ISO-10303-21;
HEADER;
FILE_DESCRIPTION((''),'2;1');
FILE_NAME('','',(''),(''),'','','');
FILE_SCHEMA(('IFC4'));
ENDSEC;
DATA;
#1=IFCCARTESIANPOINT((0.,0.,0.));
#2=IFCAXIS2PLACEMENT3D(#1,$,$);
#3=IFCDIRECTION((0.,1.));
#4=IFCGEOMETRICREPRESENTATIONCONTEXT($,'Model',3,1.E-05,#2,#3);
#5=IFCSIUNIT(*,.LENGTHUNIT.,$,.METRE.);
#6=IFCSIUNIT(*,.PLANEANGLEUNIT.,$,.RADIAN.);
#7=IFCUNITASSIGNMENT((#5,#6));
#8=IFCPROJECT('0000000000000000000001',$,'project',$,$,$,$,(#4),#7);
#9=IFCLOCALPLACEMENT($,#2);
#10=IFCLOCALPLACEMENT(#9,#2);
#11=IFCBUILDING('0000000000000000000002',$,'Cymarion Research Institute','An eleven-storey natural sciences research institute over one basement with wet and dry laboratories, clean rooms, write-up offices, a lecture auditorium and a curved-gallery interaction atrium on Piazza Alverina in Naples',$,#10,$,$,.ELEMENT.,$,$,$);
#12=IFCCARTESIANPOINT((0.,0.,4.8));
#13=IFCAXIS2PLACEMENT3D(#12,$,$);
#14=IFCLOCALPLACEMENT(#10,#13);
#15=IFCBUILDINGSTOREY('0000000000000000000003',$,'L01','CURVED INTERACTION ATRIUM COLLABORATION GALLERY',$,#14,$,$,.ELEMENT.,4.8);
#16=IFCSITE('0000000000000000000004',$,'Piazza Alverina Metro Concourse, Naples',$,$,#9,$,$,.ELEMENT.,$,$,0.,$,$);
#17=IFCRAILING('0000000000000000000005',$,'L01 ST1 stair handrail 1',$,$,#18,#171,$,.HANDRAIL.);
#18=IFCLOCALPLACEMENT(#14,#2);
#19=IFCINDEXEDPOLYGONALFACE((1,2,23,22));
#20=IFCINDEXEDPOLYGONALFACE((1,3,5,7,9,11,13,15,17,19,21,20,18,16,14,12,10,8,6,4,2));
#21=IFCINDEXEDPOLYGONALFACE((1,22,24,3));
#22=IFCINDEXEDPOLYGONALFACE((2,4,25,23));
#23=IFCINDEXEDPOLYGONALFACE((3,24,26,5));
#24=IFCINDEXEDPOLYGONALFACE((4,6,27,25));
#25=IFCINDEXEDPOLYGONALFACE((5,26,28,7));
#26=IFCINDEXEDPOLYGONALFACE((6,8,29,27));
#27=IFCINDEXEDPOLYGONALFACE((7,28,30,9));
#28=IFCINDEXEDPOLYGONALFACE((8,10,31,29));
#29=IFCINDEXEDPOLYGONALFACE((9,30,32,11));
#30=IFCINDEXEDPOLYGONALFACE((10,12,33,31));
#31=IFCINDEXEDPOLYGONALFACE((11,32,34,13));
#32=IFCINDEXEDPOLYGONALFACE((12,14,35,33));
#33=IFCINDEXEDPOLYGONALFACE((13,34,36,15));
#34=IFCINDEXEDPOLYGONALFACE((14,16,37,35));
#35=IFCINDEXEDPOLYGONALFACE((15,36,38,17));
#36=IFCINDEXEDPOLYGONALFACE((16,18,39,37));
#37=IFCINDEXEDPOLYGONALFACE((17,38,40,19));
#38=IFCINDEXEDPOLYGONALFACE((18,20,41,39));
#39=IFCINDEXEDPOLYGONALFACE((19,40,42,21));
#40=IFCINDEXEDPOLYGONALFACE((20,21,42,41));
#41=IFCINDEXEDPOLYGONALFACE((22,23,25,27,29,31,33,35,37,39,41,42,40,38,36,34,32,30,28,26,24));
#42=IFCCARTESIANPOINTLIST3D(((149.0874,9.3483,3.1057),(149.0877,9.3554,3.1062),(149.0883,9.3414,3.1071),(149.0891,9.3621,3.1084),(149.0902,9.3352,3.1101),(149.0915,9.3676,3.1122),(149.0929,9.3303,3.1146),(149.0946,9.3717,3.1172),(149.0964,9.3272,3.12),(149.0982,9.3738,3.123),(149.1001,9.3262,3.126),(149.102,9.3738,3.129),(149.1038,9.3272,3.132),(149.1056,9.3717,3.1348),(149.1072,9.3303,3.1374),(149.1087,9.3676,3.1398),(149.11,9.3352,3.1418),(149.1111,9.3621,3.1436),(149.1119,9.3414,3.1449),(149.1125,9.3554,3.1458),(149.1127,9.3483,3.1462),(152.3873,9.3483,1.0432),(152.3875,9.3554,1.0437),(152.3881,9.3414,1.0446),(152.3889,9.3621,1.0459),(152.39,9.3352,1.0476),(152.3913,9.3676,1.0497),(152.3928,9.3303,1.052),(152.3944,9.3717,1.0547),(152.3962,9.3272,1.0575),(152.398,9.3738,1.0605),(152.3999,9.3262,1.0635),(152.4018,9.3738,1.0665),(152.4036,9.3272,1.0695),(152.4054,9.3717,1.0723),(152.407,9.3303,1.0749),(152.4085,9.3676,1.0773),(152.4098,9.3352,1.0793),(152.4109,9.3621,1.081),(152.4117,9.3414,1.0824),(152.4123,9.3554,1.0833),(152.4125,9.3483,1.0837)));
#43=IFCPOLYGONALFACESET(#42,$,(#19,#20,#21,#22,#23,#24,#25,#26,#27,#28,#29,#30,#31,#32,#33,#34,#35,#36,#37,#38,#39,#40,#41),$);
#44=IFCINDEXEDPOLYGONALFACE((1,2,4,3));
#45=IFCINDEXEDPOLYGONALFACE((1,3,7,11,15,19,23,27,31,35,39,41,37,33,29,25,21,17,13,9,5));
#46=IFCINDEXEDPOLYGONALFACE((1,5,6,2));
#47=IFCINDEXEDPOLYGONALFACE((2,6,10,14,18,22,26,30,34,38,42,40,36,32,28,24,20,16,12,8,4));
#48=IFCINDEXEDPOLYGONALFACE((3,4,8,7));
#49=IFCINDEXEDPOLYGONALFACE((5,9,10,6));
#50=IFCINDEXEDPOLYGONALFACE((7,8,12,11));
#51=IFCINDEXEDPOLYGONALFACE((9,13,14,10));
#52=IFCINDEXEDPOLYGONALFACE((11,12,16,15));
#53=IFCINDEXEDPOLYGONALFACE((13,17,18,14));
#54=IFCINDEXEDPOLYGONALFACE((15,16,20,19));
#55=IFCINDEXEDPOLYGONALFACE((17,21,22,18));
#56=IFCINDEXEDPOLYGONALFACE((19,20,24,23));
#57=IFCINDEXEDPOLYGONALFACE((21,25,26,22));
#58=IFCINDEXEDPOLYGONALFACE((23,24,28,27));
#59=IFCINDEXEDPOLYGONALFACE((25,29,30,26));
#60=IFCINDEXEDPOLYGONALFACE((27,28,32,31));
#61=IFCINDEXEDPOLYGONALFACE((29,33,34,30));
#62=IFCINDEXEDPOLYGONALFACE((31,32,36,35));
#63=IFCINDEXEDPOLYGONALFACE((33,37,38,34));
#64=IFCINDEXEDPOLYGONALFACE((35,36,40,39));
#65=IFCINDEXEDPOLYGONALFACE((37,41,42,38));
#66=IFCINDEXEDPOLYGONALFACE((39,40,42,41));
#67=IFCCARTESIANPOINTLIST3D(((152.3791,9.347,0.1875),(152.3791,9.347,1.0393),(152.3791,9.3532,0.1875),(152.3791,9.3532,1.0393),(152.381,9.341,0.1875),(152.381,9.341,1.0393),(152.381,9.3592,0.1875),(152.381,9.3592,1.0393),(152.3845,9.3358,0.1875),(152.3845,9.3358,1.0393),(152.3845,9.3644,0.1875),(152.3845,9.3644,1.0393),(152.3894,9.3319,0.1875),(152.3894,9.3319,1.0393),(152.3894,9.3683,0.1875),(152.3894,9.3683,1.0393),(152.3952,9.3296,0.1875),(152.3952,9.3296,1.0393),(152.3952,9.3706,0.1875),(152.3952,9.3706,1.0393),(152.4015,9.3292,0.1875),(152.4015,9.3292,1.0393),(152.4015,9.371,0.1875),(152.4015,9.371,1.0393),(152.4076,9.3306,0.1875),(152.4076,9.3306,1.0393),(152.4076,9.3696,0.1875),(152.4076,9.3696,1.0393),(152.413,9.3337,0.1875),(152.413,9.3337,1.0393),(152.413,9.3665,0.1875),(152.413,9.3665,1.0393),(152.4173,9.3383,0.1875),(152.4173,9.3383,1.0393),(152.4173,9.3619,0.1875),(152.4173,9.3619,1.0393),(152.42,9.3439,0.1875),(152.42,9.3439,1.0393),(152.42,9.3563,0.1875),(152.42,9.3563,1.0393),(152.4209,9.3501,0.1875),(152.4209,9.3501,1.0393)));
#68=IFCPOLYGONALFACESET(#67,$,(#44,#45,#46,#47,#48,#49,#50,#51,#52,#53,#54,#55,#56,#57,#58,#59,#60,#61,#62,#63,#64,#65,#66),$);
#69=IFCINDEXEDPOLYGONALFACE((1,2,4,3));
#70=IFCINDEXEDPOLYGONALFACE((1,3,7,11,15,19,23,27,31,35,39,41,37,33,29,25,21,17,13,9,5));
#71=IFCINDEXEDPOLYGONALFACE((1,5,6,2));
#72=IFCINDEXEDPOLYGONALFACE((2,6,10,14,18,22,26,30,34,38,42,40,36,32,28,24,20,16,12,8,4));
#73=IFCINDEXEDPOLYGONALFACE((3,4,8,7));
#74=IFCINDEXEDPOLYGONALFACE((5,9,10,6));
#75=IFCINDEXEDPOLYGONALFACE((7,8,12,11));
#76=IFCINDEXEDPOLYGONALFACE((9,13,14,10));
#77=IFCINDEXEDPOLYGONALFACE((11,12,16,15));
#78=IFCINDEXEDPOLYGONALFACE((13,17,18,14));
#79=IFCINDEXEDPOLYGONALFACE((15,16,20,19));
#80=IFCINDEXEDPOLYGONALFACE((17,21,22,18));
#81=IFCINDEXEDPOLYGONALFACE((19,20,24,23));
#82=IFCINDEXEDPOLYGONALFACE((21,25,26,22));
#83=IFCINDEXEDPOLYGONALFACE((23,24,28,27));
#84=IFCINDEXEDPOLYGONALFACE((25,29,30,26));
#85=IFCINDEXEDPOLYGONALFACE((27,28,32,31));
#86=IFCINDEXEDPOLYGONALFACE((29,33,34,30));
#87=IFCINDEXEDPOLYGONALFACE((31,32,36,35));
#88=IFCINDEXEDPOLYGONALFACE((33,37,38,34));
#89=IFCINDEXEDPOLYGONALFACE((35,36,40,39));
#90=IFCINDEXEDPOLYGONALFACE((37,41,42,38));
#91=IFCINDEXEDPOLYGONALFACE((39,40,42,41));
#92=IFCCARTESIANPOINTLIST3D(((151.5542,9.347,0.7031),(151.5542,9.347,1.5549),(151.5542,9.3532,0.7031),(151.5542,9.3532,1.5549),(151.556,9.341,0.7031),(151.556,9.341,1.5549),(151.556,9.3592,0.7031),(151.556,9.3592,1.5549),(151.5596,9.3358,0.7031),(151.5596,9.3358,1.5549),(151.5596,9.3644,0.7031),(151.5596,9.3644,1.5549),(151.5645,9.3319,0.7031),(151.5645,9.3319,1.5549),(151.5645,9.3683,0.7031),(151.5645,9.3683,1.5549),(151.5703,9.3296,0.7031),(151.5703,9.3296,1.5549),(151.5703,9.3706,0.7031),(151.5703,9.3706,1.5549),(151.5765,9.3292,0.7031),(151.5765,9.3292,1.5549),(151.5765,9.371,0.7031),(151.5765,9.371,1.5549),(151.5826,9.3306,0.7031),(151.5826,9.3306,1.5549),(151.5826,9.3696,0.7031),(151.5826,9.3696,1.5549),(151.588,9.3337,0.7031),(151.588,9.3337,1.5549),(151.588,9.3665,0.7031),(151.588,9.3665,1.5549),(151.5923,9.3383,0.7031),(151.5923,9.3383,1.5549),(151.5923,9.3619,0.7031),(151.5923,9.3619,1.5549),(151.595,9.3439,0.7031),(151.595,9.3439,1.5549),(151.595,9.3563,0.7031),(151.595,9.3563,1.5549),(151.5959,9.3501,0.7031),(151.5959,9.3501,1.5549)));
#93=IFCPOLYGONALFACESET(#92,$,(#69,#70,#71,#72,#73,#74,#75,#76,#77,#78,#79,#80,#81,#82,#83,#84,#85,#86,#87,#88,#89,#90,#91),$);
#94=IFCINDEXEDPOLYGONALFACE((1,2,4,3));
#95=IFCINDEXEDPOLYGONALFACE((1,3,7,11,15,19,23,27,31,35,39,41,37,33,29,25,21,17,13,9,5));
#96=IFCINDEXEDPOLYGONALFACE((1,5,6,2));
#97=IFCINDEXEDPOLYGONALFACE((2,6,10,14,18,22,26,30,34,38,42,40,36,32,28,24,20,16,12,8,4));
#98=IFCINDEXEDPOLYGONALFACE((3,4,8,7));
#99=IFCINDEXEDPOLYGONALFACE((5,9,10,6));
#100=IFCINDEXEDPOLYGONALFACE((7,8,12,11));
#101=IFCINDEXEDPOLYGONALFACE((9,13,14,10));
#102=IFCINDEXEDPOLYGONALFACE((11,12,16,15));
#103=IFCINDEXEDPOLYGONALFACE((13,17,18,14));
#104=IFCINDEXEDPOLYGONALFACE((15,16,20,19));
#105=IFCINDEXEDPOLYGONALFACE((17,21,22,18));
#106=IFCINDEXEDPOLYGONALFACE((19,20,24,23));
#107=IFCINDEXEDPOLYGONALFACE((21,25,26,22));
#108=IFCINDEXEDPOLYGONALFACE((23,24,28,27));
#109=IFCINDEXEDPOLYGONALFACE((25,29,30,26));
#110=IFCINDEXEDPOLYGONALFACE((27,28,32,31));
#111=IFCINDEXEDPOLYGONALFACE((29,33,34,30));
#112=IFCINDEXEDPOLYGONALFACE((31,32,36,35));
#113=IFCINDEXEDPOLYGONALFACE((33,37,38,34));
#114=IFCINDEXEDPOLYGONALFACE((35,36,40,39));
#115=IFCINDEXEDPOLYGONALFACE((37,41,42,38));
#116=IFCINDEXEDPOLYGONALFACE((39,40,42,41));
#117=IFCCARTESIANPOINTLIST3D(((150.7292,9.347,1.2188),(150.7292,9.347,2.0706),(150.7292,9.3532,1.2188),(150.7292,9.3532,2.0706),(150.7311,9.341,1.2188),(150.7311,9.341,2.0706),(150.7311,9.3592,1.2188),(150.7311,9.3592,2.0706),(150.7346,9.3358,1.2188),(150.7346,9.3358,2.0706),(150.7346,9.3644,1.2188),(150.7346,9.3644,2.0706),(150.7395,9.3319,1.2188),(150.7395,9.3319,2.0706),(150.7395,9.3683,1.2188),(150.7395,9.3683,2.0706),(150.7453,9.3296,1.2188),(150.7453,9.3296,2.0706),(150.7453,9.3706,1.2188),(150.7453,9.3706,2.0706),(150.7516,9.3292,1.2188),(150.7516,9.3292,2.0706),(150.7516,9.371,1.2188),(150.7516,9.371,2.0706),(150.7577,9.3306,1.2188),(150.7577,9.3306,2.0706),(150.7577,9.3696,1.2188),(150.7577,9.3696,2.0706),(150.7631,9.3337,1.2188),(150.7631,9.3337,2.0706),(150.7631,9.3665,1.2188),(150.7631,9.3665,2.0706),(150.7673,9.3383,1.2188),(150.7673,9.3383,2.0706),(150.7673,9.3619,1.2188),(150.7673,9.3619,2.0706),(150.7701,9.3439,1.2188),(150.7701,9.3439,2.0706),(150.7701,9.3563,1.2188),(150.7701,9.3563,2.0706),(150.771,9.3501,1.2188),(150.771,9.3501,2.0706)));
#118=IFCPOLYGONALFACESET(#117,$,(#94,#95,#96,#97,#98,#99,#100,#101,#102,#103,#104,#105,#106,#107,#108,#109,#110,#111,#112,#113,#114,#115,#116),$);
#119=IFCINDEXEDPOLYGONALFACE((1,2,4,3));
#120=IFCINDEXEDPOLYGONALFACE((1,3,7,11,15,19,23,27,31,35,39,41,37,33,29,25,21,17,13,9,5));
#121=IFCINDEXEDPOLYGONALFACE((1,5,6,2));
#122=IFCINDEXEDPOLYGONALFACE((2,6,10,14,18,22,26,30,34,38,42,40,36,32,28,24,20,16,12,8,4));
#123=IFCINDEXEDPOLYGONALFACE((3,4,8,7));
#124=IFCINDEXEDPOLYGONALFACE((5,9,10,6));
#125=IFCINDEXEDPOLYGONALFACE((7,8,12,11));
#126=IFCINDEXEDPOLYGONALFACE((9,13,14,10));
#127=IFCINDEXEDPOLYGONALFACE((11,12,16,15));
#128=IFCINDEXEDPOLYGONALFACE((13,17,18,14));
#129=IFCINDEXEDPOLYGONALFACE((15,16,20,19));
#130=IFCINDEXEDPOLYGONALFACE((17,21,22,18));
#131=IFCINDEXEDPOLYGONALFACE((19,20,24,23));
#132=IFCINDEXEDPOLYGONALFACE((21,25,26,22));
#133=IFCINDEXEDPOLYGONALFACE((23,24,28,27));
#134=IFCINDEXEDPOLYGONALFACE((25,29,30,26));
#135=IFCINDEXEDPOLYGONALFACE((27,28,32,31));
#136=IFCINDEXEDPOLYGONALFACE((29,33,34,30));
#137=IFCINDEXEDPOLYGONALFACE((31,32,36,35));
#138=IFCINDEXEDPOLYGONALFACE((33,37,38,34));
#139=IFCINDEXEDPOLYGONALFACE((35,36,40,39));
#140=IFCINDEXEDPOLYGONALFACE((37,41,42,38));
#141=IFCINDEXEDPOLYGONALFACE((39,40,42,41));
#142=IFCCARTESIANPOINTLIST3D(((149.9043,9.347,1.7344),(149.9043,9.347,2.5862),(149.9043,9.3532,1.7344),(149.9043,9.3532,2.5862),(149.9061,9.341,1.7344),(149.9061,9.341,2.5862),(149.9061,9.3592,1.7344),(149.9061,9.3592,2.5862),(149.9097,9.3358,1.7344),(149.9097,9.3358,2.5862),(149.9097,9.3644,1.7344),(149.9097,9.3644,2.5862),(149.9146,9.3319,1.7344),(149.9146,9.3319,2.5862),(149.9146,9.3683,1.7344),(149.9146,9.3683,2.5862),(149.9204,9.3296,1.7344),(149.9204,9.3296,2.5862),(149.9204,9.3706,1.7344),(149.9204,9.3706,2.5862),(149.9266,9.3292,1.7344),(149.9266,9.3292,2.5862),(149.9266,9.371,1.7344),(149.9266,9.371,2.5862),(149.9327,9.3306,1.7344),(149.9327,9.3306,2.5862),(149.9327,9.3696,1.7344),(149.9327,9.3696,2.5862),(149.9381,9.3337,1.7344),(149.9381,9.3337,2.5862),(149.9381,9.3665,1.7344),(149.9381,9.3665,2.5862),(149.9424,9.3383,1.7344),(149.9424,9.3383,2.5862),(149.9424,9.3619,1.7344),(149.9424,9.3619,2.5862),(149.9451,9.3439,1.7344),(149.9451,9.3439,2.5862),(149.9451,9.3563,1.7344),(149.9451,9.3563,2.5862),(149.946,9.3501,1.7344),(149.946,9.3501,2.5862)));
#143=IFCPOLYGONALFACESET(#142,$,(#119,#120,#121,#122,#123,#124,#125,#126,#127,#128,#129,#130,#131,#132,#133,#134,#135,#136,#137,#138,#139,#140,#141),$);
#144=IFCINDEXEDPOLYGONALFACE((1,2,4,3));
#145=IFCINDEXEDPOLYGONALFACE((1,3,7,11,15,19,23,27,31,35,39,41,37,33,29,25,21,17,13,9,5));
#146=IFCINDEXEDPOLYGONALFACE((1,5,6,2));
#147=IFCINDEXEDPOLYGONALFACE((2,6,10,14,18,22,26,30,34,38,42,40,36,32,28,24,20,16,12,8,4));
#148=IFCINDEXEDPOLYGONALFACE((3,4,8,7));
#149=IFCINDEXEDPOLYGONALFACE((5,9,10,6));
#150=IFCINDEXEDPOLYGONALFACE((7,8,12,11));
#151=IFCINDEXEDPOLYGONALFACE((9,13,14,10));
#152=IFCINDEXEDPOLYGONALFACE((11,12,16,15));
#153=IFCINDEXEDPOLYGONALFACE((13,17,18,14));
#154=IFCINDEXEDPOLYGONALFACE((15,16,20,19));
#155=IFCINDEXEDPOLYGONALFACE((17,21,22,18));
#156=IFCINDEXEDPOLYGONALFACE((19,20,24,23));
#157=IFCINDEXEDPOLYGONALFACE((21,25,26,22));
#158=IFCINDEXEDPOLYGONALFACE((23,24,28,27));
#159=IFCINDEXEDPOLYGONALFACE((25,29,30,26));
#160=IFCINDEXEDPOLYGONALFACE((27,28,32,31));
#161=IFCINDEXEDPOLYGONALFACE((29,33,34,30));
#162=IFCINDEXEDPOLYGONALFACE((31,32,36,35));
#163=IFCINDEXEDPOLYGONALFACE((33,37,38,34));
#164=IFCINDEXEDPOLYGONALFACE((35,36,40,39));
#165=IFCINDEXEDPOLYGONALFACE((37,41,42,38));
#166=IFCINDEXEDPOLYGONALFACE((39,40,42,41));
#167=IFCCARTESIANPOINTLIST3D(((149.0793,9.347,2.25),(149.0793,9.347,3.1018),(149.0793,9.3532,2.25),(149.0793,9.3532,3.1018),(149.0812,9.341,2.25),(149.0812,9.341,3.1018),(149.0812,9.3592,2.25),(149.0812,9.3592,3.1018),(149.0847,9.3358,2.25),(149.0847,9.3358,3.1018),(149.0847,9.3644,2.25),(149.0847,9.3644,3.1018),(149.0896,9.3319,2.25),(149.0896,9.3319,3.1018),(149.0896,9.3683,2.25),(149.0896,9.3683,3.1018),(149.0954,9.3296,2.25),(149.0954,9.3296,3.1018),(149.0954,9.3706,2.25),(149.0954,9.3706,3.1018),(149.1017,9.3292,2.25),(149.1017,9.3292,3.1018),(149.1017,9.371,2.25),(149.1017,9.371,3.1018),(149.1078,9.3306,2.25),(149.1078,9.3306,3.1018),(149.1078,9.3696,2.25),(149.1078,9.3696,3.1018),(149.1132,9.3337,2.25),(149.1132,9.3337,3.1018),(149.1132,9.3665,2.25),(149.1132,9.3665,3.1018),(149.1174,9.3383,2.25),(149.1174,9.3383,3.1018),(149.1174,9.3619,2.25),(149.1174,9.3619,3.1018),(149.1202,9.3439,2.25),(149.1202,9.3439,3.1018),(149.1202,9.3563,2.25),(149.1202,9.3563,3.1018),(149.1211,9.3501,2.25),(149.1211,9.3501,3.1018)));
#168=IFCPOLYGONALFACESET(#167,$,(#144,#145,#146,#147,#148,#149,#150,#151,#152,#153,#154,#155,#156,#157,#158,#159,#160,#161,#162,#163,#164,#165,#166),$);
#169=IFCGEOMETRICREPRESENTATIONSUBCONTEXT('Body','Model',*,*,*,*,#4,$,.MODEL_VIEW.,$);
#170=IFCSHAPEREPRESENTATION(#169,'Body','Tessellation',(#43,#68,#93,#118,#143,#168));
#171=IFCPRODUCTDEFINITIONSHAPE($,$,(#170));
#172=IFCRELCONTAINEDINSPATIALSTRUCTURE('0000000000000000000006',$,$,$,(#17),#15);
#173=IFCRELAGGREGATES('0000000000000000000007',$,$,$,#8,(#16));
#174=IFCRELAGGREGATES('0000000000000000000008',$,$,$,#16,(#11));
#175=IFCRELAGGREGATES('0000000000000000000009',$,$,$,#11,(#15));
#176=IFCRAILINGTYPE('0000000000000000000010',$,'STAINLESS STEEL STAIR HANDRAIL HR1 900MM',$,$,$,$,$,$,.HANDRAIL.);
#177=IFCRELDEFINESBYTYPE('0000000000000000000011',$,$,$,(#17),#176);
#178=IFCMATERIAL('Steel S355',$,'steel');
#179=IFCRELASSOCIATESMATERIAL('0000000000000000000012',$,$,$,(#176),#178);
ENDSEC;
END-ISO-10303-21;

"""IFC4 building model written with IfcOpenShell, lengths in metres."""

from ifc_helpers import new_model, si_unit, direction, frame, origin, origin_2d, place, context, subcontext, project, spatial, circle, extrude, material, type_object, element, save


model = new_model("IFC4")

# Units and contexts
model_context = context("Model", 3, precision=1e-05, world=origin(), true_north=direction((0.0, 1.0)))
body_context = subcontext(model_context, "Body", "Model", "MODEL_VIEW")
ifc_project = project(units=[si_unit("LENGTHUNIT", "METRE"), si_unit("PLANEANGLEUNIT", "RADIAN")], contexts=[model_context])

# Site, building, storey
site_placement = place(None, origin())
site = spatial("IfcSite", under=ifc_project, at=site_placement, Name="Piazza Alverina Metro Concourse, Naples", CompositionType="ELEMENT", RefElevation=0.0)
building_placement = place(site_placement, origin())
building = spatial("IfcBuilding", under=site, at=building_placement, Name="Cymarion Research Institute", Description="An eleven-storey natural sciences research institute over one basement with wet and dry laboratories, clean rooms, write-up offices, a lecture auditorium and a curved-gallery interaction atrium on Piazza Alverina in Naples", CompositionType="ELEMENT")
storey_placement = place(building_placement, frame((0.0, 0.0, 4.8)))
storey = spatial("IfcBuildingStorey", under=building, at=storey_placement, Name="L01", Description="CURVED INTERACTION ATRIUM COLLABORATION GALLERY", CompositionType="ELEMENT", Elevation=4.8)

# Shared definitions
ifc_material_1 = material(Name="Steel S355", Category="steel")

# Railing
railing_type = type_object("IfcRailingType", Name="STAINLESS STEEL STAIR HANDRAIL HR1 900MM", PredefinedType="HANDRAIL", material=ifc_material_1)
railing_placement = place(storey_placement, frame((152.3999, 9.3501, 0.1875)))
element("IfcRailing", 1, at=railing_placement, inside=storey, type_object=railing_type, Name="L01 ST1 stair handrail 1", PredefinedType="HANDRAIL", context=body_context, shape_type="SweptSolid", body=[
    extrude(circle(Radius=0.0239, at=origin_2d()), frame((0.0, 0.0, 0.876), z_axis=(-0.847984, 0.0, 0.530021), x_axis=(0.0, -1.0, 0.0)), (0.0, 0.0, 1.0), 3.8914),
    extrude(circle(Radius=0.021, at=origin_2d()), origin(), (0.0, 0.0, 1.0), 0.8518),
    extrude(circle(Radius=0.021, at=origin_2d()), frame((-0.825, 0.0, 0.5156)), (0.0, 0.0, 1.0), 0.8518),
    extrude(circle(Radius=0.021, at=origin_2d()), frame((-1.6499, 0.0, 1.0312)), (0.0, 0.0, 1.0), 0.8518),
    extrude(circle(Radius=0.021, at=origin_2d()), frame((-2.4749, 0.0, 1.5469)), (0.0, 0.0, 1.0), 0.8518),
    extrude(circle(Radius=0.021, at=origin_2d()), frame((-3.2998, 0.0, 2.0625)), (0.0, 0.0, 1.0), 0.8518),
])

save(model, "model.ifc")
